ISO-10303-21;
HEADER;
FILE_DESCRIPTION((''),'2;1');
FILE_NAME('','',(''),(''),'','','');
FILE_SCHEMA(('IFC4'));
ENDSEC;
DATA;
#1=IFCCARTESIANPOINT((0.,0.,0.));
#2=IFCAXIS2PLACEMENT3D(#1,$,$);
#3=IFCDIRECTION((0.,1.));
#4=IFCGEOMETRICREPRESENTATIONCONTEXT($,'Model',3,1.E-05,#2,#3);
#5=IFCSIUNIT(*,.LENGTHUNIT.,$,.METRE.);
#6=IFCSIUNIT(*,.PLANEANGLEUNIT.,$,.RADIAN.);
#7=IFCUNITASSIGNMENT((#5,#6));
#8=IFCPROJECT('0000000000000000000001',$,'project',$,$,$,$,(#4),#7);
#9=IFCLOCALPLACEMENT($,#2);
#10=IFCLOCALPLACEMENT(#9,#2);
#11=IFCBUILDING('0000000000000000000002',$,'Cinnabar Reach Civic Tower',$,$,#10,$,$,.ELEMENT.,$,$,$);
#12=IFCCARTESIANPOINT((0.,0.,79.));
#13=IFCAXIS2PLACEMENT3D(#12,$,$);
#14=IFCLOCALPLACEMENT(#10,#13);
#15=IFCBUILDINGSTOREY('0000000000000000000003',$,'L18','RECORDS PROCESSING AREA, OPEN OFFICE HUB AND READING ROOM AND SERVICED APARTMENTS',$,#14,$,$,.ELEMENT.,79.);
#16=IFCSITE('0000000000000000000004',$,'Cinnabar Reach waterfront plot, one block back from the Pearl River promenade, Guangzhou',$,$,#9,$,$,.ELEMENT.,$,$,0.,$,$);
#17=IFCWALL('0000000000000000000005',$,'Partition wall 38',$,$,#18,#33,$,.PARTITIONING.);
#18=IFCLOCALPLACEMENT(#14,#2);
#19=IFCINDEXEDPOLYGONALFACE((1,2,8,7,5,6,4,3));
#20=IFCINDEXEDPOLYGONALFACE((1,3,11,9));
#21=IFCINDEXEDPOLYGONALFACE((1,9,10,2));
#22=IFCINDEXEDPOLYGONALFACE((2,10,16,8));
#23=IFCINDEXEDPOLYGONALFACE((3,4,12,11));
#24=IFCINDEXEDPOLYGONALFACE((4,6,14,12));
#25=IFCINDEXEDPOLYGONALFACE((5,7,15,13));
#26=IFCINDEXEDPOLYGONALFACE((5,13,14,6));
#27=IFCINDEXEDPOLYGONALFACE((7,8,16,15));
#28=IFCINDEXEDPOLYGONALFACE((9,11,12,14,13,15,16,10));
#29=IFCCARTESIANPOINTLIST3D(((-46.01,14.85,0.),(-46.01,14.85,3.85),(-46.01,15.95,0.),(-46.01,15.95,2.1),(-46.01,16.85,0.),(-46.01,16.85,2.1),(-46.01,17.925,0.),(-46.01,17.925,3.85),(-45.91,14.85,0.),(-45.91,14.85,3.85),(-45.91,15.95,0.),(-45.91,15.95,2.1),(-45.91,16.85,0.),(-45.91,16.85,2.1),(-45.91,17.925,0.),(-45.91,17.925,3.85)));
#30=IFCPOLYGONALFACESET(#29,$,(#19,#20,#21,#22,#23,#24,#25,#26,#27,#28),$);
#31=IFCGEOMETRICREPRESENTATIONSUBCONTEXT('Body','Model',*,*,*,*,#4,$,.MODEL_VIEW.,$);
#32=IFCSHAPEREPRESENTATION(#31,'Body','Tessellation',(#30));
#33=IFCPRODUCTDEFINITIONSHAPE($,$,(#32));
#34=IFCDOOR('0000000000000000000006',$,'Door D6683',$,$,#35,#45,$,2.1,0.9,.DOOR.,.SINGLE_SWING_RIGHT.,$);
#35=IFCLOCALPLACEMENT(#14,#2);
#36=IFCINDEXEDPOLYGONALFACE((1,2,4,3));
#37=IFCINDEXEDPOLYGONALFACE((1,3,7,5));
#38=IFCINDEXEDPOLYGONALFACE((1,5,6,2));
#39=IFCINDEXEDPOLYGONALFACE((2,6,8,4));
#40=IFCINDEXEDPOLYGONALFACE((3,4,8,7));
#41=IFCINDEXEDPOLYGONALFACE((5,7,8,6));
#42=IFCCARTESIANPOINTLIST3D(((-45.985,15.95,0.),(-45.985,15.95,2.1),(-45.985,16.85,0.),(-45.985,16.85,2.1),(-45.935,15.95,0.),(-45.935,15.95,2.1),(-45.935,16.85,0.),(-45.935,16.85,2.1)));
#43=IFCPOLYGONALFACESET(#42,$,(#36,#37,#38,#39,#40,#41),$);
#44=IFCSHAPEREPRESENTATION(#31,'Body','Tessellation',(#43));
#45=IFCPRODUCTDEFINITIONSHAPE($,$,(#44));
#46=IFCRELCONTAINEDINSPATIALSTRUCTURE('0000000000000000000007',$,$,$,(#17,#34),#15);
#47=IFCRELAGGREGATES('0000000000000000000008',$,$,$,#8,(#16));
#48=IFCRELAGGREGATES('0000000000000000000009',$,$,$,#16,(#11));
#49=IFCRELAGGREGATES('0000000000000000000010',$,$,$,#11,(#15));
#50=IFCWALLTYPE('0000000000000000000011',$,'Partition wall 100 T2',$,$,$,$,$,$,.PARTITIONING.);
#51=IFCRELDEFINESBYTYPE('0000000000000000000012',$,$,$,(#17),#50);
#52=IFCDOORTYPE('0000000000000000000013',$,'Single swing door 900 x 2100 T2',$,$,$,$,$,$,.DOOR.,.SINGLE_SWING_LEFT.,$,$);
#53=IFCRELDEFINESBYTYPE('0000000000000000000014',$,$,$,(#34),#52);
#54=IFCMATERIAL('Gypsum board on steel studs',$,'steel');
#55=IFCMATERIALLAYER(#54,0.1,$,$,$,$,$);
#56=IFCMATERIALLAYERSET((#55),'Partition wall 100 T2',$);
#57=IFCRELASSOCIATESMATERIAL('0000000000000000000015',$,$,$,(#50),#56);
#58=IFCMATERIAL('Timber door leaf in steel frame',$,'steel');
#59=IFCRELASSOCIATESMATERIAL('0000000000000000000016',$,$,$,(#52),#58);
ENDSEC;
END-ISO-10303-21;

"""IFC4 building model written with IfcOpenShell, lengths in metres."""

from ifc_helpers import new_model, si_unit, direction, frame, frame_2d, origin, place, context, subcontext, project, spatial, rectangle, extrude, material, layer, layer_set, type_object, element, fill, save


model = new_model("IFC4")

# Units and contexts
model_context = context("Model", 3, precision=1e-05, world=origin(), true_north=direction((0.0, 1.0)))
body_context = subcontext(model_context, "Body", "Model", "MODEL_VIEW")
ifc_project = project(units=[si_unit("LENGTHUNIT", "METRE"), si_unit("PLANEANGLEUNIT", "RADIAN")], contexts=[model_context])

# Site, building, storey
site_placement = place(None, origin())
site = spatial("IfcSite", under=ifc_project, at=site_placement, Name="Cinnabar Reach waterfront plot, one block back from the Pearl River promenade, Guangzhou", CompositionType="ELEMENT", RefElevation=0.0)
building_placement = place(site_placement, origin())
building = spatial("IfcBuilding", under=site, at=building_placement, Name="Cinnabar Reach Civic Tower", CompositionType="ELEMENT")
storey_placement = place(building_placement, frame((0.0, 0.0, 79.0)))
storey = spatial("IfcBuildingStorey", under=building, at=storey_placement, Name="L18", Description="RECORDS PROCESSING AREA, OPEN OFFICE HUB AND READING ROOM AND SERVICED APARTMENTS", CompositionType="ELEMENT", Elevation=79.0)

# Wall, opening, door
ifc_material_1 = material(Name="Timber door leaf in steel frame", Category="steel")
ifc_material_2 = material(Name="Gypsum board on steel studs", Category="steel")
ifc_layer_1 = layer(ifc_material_2, 0.1)
ifc_layer_set_1 = layer_set([ifc_layer_1], Name="Partition wall 100 T2")
wall_type_1 = type_object("IfcWallType", Name="Partition wall 100 T2", PredefinedType="PARTITIONING", material=ifc_layer_set_1)
door_type_1 = type_object("IfcDoorType", Name="Single swing door 900 x 2100 T2", OperationType="SINGLE_SWING_LEFT", PredefinedType="DOOR", material=ifc_material_1)
wall_1_placement = place(storey_placement, frame((-45.96, 14.85, 0.0), z_axis=(0.0, 0.0, 1.0), x_axis=(0.0, 1.0, 0.0)))
wall_1 = element("IfcWall", 1, at=wall_1_placement, inside=storey, type_object=wall_type_1, Name="Partition wall 38", PredefinedType="PARTITIONING", context=body_context, shape_type="SweptSolid", body=[
    extrude(rectangle(XDim=3.075, YDim=0.1, at=frame_2d((1.5375, 0.0))), origin(), (0.0, 0.0, 1.0), 3.85),
])
opening_1_placement = place(wall_1_placement, frame((1.1, 0.0, 0.0)))
opening_1 = element("IfcOpeningElement", 2, at=opening_1_placement, cuts=wall_1, PredefinedType="OPENING", context=body_context, shape_type="SweptSolid", body=[
    extrude(rectangle(XDim=0.9, YDim=2.1, at=frame_2d((0.45, 1.05))), frame((0.0, 0.06, 0.0), z_axis=(0.0, -1.0, 0.0), x_axis=(1.0, 0.0, 0.0)), (0.0, 0.0, 1.0), 0.12),
])
door_1_placement = place(opening_1_placement, origin())
door_1 = element("IfcDoor", 3, at=door_1_placement, inside=storey, type_object=door_type_1, Name="Door D6683", OperationType="SINGLE_SWING_RIGHT", OverallHeight=2.1, OverallWidth=0.9, PredefinedType="DOOR", context=body_context, shape_type="SweptSolid", body=[
    extrude(rectangle(XDim=0.9, YDim=2.1, at=frame_2d((0.45, 1.05))), frame((0.0, 0.025, 0.0), z_axis=(0.0, -1.0, 0.0), x_axis=(1.0, 0.0, 0.0)), (0.0, 0.0, 1.0), 0.05),
])
fill(opening_1, door_1)

save(model, "model.ifc")
